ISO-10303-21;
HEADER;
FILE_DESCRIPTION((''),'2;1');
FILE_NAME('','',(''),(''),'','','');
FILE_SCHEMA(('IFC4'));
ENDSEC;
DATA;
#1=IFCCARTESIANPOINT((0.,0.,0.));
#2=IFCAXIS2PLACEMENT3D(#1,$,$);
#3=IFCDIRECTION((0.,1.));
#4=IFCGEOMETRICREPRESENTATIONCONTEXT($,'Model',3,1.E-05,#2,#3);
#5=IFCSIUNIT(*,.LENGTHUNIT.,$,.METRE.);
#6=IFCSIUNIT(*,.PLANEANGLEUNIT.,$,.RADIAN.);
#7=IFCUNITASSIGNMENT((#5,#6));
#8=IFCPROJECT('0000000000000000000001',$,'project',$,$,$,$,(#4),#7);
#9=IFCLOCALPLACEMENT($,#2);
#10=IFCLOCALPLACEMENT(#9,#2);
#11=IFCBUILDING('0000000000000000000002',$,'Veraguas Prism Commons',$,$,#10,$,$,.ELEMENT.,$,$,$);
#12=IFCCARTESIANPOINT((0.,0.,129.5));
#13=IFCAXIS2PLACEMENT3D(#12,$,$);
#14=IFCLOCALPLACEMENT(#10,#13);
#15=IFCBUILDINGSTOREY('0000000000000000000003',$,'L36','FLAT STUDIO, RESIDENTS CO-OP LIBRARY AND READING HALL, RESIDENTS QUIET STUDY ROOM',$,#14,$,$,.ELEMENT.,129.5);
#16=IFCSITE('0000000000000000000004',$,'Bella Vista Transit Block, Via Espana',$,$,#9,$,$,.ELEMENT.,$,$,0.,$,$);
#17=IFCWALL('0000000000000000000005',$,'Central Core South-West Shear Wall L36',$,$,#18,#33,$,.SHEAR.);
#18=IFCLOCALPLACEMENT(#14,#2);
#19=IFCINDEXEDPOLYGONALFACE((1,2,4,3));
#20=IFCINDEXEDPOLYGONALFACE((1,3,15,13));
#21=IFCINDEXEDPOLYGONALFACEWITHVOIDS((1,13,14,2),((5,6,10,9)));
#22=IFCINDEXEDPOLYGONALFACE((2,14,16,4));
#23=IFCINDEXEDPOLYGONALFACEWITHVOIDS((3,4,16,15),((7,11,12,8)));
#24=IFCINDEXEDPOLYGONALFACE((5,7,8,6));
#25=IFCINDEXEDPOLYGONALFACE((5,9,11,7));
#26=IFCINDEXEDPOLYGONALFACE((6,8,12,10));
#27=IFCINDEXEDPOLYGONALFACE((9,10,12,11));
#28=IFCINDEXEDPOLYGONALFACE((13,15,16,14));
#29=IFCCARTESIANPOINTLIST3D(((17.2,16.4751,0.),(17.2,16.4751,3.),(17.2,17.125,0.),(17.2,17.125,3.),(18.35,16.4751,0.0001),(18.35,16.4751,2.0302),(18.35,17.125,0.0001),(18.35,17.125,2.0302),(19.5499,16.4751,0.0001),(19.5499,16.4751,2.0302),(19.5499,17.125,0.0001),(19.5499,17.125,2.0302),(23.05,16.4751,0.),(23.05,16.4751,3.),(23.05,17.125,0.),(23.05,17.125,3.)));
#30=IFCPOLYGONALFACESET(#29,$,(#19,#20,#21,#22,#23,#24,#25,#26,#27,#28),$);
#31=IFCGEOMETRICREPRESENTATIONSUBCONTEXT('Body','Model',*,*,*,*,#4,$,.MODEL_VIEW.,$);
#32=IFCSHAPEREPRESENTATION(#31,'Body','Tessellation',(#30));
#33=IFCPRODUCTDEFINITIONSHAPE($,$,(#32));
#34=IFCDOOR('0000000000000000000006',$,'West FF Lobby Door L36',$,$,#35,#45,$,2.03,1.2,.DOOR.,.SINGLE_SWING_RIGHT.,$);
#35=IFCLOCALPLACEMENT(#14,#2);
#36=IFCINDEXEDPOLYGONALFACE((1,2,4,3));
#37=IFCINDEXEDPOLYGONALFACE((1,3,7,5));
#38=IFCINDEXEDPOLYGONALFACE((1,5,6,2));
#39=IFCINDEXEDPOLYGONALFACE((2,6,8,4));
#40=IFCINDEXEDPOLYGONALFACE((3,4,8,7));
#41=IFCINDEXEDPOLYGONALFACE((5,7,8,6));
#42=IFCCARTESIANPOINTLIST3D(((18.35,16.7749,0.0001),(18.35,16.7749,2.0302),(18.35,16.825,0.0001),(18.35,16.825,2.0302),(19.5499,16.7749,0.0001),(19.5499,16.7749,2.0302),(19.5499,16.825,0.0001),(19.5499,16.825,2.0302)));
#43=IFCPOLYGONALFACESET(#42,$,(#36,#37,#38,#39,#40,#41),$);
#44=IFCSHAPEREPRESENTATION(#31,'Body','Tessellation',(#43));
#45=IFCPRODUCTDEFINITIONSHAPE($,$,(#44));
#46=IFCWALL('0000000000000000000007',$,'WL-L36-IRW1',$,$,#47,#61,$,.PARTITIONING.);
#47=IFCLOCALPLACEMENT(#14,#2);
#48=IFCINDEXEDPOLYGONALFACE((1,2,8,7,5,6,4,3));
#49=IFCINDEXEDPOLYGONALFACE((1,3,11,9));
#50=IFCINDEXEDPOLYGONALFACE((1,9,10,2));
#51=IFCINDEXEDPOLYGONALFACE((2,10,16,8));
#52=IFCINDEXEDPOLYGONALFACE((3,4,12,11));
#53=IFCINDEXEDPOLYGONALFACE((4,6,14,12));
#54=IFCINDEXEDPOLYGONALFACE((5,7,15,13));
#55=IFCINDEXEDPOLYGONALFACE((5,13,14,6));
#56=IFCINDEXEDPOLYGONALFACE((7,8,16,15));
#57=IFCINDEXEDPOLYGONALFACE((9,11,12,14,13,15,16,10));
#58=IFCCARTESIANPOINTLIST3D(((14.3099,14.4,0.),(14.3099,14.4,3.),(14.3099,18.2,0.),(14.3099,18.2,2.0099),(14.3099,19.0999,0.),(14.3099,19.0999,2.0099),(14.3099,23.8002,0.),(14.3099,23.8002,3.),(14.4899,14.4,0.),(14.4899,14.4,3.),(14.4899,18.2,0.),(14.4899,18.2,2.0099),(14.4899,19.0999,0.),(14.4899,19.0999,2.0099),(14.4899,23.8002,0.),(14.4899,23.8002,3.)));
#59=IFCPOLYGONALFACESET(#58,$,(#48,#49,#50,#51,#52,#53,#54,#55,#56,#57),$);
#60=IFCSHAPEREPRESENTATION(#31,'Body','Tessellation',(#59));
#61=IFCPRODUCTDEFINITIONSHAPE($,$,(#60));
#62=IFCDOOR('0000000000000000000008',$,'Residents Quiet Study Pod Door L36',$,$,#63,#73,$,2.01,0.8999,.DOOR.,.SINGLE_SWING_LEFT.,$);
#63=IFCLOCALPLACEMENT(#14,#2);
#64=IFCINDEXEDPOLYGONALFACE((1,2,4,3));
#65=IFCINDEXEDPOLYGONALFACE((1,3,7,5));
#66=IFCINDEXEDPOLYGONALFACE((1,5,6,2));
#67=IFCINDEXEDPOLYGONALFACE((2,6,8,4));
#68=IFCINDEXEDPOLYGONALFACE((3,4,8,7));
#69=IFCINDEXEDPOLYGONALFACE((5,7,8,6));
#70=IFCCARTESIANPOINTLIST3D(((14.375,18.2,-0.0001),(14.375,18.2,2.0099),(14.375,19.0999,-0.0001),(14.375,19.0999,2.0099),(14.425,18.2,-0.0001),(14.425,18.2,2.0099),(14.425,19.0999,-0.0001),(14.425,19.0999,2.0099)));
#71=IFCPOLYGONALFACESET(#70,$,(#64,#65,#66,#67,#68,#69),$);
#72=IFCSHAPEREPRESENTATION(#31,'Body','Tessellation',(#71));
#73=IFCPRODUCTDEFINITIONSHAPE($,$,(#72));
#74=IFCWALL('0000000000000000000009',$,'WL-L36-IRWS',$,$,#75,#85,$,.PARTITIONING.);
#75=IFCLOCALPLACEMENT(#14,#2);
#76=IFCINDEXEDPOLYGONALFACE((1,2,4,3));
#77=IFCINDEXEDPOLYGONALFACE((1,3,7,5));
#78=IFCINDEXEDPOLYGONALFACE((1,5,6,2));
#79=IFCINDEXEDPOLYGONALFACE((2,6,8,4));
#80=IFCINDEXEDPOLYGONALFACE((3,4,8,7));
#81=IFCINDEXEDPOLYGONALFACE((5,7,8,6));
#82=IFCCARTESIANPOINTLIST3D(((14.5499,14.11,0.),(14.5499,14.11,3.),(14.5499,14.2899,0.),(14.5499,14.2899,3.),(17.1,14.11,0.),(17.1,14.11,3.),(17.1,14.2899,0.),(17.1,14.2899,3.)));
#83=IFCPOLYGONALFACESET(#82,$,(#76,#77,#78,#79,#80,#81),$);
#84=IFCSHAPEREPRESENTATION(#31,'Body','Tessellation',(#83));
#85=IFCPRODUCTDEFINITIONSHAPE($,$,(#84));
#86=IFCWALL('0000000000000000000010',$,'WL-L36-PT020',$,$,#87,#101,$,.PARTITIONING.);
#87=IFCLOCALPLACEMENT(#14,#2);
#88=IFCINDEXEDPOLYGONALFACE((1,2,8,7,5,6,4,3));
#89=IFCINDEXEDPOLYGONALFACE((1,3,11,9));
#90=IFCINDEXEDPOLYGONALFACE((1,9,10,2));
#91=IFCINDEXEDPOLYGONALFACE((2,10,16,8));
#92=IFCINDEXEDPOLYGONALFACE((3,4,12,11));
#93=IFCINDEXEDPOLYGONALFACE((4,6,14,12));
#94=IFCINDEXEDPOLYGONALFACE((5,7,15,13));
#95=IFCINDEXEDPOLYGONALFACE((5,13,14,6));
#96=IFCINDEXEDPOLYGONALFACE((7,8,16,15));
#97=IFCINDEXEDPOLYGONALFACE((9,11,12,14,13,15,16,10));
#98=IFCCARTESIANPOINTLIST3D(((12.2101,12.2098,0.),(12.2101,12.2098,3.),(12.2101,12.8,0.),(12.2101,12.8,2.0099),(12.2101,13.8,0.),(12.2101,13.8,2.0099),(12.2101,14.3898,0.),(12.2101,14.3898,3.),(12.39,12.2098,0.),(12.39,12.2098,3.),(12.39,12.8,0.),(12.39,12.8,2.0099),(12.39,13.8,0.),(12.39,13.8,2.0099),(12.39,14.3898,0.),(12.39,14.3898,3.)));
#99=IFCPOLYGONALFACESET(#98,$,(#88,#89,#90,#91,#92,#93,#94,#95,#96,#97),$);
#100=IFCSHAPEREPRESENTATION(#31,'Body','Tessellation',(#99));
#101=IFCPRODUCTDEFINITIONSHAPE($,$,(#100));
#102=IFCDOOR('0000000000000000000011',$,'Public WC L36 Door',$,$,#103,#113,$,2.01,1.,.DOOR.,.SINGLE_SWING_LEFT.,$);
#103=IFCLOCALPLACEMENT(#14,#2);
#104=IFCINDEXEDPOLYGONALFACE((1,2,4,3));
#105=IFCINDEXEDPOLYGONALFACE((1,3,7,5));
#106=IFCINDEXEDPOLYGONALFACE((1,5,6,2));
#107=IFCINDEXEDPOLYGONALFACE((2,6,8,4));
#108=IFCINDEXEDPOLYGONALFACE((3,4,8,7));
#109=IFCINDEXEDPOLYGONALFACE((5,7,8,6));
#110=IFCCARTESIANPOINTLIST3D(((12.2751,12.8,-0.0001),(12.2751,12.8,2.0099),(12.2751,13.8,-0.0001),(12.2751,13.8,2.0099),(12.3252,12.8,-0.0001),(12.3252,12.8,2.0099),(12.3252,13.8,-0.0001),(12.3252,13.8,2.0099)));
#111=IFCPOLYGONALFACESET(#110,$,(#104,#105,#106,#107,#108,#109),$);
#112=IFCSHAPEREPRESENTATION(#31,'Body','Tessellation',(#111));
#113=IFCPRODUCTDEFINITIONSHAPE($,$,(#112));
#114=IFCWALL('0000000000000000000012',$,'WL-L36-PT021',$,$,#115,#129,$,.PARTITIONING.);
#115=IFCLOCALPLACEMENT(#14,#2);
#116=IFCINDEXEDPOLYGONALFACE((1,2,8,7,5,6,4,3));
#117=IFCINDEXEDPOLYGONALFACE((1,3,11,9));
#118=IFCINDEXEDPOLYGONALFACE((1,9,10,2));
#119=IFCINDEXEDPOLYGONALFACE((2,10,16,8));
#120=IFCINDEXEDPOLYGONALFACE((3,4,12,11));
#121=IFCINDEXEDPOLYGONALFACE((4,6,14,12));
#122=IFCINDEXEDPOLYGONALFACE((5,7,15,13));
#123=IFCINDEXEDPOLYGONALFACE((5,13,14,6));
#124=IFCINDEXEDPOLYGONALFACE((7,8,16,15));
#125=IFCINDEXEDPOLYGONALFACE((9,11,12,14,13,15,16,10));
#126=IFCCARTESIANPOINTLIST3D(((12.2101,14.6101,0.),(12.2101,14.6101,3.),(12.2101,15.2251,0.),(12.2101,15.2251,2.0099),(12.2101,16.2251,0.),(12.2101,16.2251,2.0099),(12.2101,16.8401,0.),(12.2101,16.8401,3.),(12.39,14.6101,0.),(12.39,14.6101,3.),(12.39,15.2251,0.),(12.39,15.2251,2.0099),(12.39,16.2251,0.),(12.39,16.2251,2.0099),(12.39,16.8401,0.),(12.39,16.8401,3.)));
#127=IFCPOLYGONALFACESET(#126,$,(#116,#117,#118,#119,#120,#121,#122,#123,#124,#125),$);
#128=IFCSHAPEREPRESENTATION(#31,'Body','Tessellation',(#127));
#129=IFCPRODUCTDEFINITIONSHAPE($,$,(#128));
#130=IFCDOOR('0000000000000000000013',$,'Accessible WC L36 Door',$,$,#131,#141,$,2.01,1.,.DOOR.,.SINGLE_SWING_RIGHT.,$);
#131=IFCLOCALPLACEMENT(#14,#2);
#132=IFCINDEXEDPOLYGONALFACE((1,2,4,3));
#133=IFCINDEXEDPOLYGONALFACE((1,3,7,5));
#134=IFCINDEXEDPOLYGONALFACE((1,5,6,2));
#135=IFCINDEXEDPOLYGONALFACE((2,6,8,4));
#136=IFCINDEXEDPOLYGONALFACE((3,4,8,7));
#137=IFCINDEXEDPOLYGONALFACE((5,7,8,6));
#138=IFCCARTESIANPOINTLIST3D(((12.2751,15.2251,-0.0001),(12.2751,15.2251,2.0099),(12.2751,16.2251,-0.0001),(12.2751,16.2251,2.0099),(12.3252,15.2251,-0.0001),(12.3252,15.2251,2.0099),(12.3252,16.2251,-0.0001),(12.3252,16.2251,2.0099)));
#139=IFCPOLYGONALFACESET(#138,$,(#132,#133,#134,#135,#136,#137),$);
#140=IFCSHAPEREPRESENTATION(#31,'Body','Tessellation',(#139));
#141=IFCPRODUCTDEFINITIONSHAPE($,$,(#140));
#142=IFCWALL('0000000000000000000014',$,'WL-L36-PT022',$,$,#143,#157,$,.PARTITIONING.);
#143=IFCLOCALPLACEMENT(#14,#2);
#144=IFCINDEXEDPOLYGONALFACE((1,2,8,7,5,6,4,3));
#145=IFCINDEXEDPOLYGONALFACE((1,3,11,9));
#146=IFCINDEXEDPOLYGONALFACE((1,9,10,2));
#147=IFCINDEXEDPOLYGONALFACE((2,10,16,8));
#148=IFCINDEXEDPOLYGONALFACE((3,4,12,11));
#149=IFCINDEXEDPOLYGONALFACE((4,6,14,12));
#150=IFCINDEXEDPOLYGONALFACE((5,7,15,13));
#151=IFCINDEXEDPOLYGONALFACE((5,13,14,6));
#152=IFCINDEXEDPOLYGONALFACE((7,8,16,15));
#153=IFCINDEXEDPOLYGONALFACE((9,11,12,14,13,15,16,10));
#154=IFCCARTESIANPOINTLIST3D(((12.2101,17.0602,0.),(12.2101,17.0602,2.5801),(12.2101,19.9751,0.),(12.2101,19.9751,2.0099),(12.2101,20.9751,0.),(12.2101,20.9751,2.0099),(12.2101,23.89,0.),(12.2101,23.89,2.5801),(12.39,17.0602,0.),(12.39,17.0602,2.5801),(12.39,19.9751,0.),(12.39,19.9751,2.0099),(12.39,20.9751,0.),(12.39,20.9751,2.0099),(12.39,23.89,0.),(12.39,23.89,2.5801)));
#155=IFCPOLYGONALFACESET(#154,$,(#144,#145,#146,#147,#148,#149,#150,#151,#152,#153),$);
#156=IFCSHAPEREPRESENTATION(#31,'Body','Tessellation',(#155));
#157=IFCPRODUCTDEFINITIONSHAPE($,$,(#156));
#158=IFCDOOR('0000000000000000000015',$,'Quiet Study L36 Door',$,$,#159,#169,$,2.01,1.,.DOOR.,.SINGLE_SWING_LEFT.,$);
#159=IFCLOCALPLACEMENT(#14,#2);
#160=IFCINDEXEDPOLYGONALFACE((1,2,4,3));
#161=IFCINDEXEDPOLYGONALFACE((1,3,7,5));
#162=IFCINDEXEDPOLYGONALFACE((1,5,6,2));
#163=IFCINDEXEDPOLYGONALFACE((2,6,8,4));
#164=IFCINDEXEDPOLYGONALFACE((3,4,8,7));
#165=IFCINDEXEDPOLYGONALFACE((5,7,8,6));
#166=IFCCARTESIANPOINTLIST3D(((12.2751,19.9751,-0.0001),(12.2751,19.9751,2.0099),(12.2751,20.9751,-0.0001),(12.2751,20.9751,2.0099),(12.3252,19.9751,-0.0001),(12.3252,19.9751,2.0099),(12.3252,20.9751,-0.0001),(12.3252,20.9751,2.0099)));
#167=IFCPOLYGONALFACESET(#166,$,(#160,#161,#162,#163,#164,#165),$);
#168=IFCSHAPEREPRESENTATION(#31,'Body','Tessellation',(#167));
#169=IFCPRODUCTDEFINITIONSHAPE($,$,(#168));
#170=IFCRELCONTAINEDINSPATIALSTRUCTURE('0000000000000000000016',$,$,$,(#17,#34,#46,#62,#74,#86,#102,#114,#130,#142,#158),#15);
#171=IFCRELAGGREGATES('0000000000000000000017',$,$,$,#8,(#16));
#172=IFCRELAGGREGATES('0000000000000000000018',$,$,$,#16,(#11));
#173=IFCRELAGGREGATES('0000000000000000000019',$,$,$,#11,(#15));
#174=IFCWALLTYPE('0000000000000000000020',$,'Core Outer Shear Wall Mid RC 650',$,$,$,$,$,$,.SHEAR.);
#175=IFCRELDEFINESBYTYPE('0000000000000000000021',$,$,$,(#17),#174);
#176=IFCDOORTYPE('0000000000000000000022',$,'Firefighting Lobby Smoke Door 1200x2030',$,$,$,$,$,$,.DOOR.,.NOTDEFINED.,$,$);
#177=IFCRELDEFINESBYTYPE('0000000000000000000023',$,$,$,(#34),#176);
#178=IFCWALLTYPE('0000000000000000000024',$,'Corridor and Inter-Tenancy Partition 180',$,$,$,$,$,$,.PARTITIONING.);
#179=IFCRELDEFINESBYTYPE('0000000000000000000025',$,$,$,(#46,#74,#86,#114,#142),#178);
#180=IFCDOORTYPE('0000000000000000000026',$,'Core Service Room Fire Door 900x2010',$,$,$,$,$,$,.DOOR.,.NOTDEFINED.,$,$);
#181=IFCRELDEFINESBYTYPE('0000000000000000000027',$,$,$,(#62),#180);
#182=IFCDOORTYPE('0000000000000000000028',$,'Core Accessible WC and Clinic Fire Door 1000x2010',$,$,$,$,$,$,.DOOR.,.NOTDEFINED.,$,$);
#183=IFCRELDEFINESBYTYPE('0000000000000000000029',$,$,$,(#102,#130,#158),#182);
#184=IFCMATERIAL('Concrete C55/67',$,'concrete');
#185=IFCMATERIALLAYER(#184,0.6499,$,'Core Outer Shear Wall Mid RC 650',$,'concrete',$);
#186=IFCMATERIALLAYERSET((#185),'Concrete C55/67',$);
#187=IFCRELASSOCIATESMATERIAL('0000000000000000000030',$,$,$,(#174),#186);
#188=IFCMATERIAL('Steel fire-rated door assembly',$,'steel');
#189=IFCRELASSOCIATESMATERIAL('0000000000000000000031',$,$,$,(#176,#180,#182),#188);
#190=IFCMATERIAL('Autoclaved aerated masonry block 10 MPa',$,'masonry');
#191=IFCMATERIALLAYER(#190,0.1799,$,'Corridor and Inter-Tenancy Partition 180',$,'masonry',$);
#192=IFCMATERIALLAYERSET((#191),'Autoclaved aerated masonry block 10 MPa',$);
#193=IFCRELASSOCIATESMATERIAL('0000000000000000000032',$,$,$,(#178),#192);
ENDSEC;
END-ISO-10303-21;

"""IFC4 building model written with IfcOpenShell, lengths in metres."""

from ifc_helpers import new_model, si_unit, direction, frame, frame_2d, origin, place, context, subcontext, project, spatial, rectangle, extrude, source, transform, mapped, material, layer, layer_set, type_object, element, fill, save


model = new_model("IFC4")

# Units and contexts
model_context = context("Model", 3, precision=1e-05, world=origin(), true_north=direction((0.0, 1.0)))
body_context = subcontext(model_context, "Body", "Model", "MODEL_VIEW")
ifc_project = project(units=[si_unit("LENGTHUNIT", "METRE"), si_unit("PLANEANGLEUNIT", "RADIAN")], contexts=[model_context])

# Site, building, storey
site_placement = place(None, origin())
site = spatial("IfcSite", under=ifc_project, at=site_placement, Name="Bella Vista Transit Block, Via Espana", CompositionType="ELEMENT", RefElevation=0.0)
building_placement = place(site_placement, origin())
building = spatial("IfcBuilding", under=site, at=building_placement, Name="Veraguas Prism Commons", CompositionType="ELEMENT")
storey_placement = place(building_placement, frame((0.0, 0.0, 129.5)))
storey = spatial("IfcBuildingStorey", under=building, at=storey_placement, Name="L36", Description="FLAT STUDIO, RESIDENTS CO-OP LIBRARY AND READING HALL, RESIDENTS QUIET STUDY ROOM", CompositionType="ELEMENT", Elevation=129.5)

# Shared definitions
ifc_material_1 = material(Name="Steel fire-rated door assembly", Category="steel")

# Shared definitions
ifc_material_2 = material(Name="Concrete C55/67", Category="concrete")
ifc_layer_1 = layer(ifc_material_2, 0.6499, Name="Core Outer Shear Wall Mid RC 650", Category="concrete")
ifc_layer_set_1 = layer_set([ifc_layer_1], Name="Concrete C55/67")
wall_type_1 = type_object("IfcWallType", Name="Core Outer Shear Wall Mid RC 650", PredefinedType="SHEAR", material=ifc_layer_set_1)

# Walls, openings, doors
wall_1_placement = place(storey_placement, frame((17.2, 16.8, 0.0), z_axis=(0.0, 0.0, 1.0), x_axis=(1.0, 0.0, 0.0)))
wall_1 = element("IfcWall", 1, at=wall_1_placement, inside=storey, type_object=wall_type_1, Name="Central Core South-West Shear Wall L36", PredefinedType="SHEAR", context=body_context, shape_type="SweptSolid", body=[
    extrude(rectangle(XDim=5.8501, YDim=0.6499, at=frame_2d((2.925, 0.0))), origin(), (0.0, 0.0, 1.0), 3.0),
])
opening_1_placement = place(wall_1_placement, frame((1.1499, 0.0, 0.0)))
opening_1 = element("IfcOpeningElement", 2, at=opening_1_placement, cuts=wall_1, PredefinedType="OPENING", context=body_context, shape_type="SweptSolid", body=[
    extrude(rectangle(XDim=1.2, YDim=2.03, at=frame_2d((0.6001, 1.0151))), frame((0.0, 0.335, 0.0), z_axis=(0.0, -1.0, 0.0), x_axis=(1.0, 0.0, 0.0)), (0.0, 0.0, 1.0), 0.6699),
])
door_type_1 = type_object("IfcDoorType", Name="Firefighting Lobby Smoke Door 1200x2030", OperationType="NOTDEFINED", PredefinedType="DOOR", material=ifc_material_1)
shared_shape_1 = source(origin(), body_context, "Body", "SweptSolid", [
    extrude(rectangle(XDim=1.2, YDim=2.03, at=frame_2d((0.6001, 1.0151))), frame((0.0, 0.0249, 0.0), z_axis=(0.0, -1.0, 0.0), x_axis=(1.0, 0.0, 0.0)), (0.0, 0.0, 1.0), 0.05),
])
door_1_placement = place(opening_1_placement, origin())
door_1 = element("IfcDoor", 3, at=door_1_placement, inside=storey, type_object=door_type_1, Name="West FF Lobby Door L36", OperationType="SINGLE_SWING_RIGHT", OverallHeight=2.03, OverallWidth=1.2, PredefinedType="DOOR", context=body_context, shape_type="MappedRepresentation", body=[
    mapped(shared_shape_1, transform((0.0, 0.0, 0.0), scale=1.0)),
])
fill(opening_1, door_1)
ifc_material_3 = material(Name="Autoclaved aerated masonry block 10 MPa", Category="masonry")
ifc_layer_2 = layer(ifc_material_3, 0.1799, Name="Corridor and Inter-Tenancy Partition 180", Category="masonry")
ifc_layer_set_2 = layer_set([ifc_layer_2], Name="Autoclaved aerated masonry block 10 MPa")
wall_type_2 = type_object("IfcWallType", Name="Corridor and Inter-Tenancy Partition 180", PredefinedType="PARTITIONING", material=ifc_layer_set_2)
wall_2_placement = place(storey_placement, frame((14.3999, 14.3999, 0.0), z_axis=(0.0, 0.0, 1.0), x_axis=(0.0, 1.0, 0.0)))
wall_2 = element("IfcWall", 4, at=wall_2_placement, inside=storey, type_object=wall_type_2, Name="WL-L36-IRW1", PredefinedType="PARTITIONING", context=body_context, shape_type="SweptSolid", body=[
    extrude(rectangle(XDim=9.4001, YDim=0.1799, at=frame_2d((4.7002, 0.0))), origin(), (0.0, 0.0, 1.0), 3.0),
])
opening_2_placement = place(wall_2_placement, frame((3.8, 0.0, 0.0)))
opening_2 = element("IfcOpeningElement", 5, at=opening_2_placement, cuts=wall_2, PredefinedType="OPENING", context=body_context, shape_type="SweptSolid", body=[
    extrude(rectangle(XDim=0.8999, YDim=2.01, at=frame_2d((0.45, 1.0049))), frame((0.0, 0.0999, 0.0), z_axis=(0.0, -1.0, 0.0), x_axis=(1.0, 0.0, 0.0)), (0.0, 0.0, 1.0), 0.2),
])
door_type_2 = type_object("IfcDoorType", Name="Core Service Room Fire Door 900x2010", OperationType="NOTDEFINED", PredefinedType="DOOR", material=ifc_material_1)
shared_shape_2 = source(origin(), body_context, "Body", "SweptSolid", [
    extrude(rectangle(XDim=0.8999, YDim=2.01, at=frame_2d((0.45, 1.0049))), frame((0.0, 0.0249, 0.0), z_axis=(0.0, -1.0, 0.0), x_axis=(1.0, 0.0, 0.0)), (0.0, 0.0, 1.0), 0.05),
])
door_2_placement = place(opening_2_placement, origin())
door_2 = element("IfcDoor", 6, at=door_2_placement, inside=storey, type_object=door_type_2, Name="Residents Quiet Study Pod Door L36", OperationType="SINGLE_SWING_LEFT", OverallHeight=2.01, OverallWidth=0.8999, PredefinedType="DOOR", context=body_context, shape_type="MappedRepresentation", body=[
    mapped(shared_shape_2, transform((0.0, 0.0, 0.0), scale=1.0)),
])
fill(opening_2, door_2)

# Wall
wall_3_placement = place(storey_placement, frame((14.55, 14.2, 0.0), z_axis=(0.0, 0.0, 1.0), x_axis=(1.0, 0.0, 0.0)))
element("IfcWall", 7, at=wall_3_placement, inside=storey, type_object=wall_type_2, Name="WL-L36-IRWS", PredefinedType="PARTITIONING", context=body_context, shape_type="SweptSolid", body=[
    extrude(rectangle(XDim=2.55, YDim=0.1799, at=frame_2d((1.2749, 0.0))), origin(), (0.0, 0.0, 1.0), 3.0),
])

# Walls, openings, doors
wall_4_placement = place(storey_placement, frame((12.3, 12.21, 0.0), z_axis=(0.0, 0.0, 1.0), x_axis=(0.0, 1.0, 0.0)))
wall_4 = element("IfcWall", 8, at=wall_4_placement, inside=storey, type_object=wall_type_2, Name="WL-L36-PT020", PredefinedType="PARTITIONING", context=body_context, shape_type="SweptSolid", body=[
    extrude(rectangle(XDim=2.1799, YDim=0.1799, at=frame_2d((1.0898, 0.0))), origin(), (0.0, 0.0, 1.0), 3.0),
])
opening_3_placement = place(wall_4_placement, frame((0.5901, 0.0, 0.0)))
opening_3 = element("IfcOpeningElement", 9, at=opening_3_placement, cuts=wall_4, PredefinedType="OPENING", context=body_context, shape_type="SweptSolid", body=[
    extrude(rectangle(XDim=1.0, YDim=2.01, at=frame_2d((0.5, 1.0049))), frame((0.0, 0.0999, 0.0), z_axis=(0.0, -1.0, 0.0), x_axis=(1.0, 0.0, 0.0)), (0.0, 0.0, 1.0), 0.2),
])
door_type_3 = type_object("IfcDoorType", Name="Core Accessible WC and Clinic Fire Door 1000x2010", OperationType="NOTDEFINED", PredefinedType="DOOR", material=ifc_material_1)
shared_shape_3 = source(origin(), body_context, "Body", "SweptSolid", [
    extrude(rectangle(XDim=1.0, YDim=2.01, at=frame_2d((0.5, 1.0049))), frame((0.0, 0.0249, 0.0), z_axis=(0.0, -1.0, 0.0), x_axis=(1.0, 0.0, 0.0)), (0.0, 0.0, 1.0), 0.05),
])
door_3_placement = place(opening_3_placement, origin())
door_3 = element("IfcDoor", 10, at=door_3_placement, inside=storey, type_object=door_type_3, Name="Public WC L36 Door", OperationType="SINGLE_SWING_LEFT", OverallHeight=2.01, OverallWidth=1.0, PredefinedType="DOOR", context=body_context, shape_type="MappedRepresentation", body=[
    mapped(shared_shape_3, transform((0.0, 0.0, 0.0), scale=1.0)),
])
fill(opening_3, door_3)
wall_5_placement = place(storey_placement, frame((12.3, 14.6101, 0.0), z_axis=(0.0, 0.0, 1.0), x_axis=(0.0, 1.0, 0.0)))
wall_5 = element("IfcWall", 11, at=wall_5_placement, inside=storey, type_object=wall_type_2, Name="WL-L36-PT021", PredefinedType="PARTITIONING", context=body_context, shape_type="SweptSolid", body=[
    extrude(rectangle(XDim=2.23, YDim=0.1799, at=frame_2d((1.115, 0.0))), origin(), (0.0, 0.0, 1.0), 3.0),
])
opening_4_placement = place(wall_5_placement, frame((0.615, 0.0, 0.0)))
opening_4 = element("IfcOpeningElement", 12, at=opening_4_placement, cuts=wall_5, PredefinedType="OPENING", context=body_context, shape_type="SweptSolid", body=[
    extrude(rectangle(XDim=1.0, YDim=2.01, at=frame_2d((0.5, 1.0049))), frame((0.0, 0.0999, 0.0), z_axis=(0.0, -1.0, 0.0), x_axis=(1.0, 0.0, 0.0)), (0.0, 0.0, 1.0), 0.2),
])
door_4_placement = place(opening_4_placement, origin())
door_4 = element("IfcDoor", 13, at=door_4_placement, inside=storey, type_object=door_type_3, Name="Accessible WC L36 Door", OperationType="SINGLE_SWING_RIGHT", OverallHeight=2.01, OverallWidth=1.0, PredefinedType="DOOR", context=body_context, shape_type="MappedRepresentation", body=[
    mapped(shared_shape_3, transform((0.0, 0.0, 0.0), scale=1.0)),
])
fill(opening_4, door_4)
wall_6_placement = place(storey_placement, frame((12.3, 17.0601, 0.0), z_axis=(0.0, 0.0, 1.0), x_axis=(0.0, 1.0, 0.0)))
wall_6 = element("IfcWall", 14, at=wall_6_placement, inside=storey, type_object=wall_type_2, Name="WL-L36-PT022", PredefinedType="PARTITIONING", context=body_context, shape_type="SweptSolid", body=[
    extrude(rectangle(XDim=6.8298, YDim=0.1799, at=frame_2d((3.415, 0.0))), origin(), (0.0, 0.0, 1.0), 2.5801),
])
opening_5_placement = place(wall_6_placement, frame((2.915, 0.0, 0.0)))
opening_5 = element("IfcOpeningElement", 15, at=opening_5_placement, cuts=wall_6, PredefinedType="OPENING", context=body_context, shape_type="SweptSolid", body=[
    extrude(rectangle(XDim=1.0, YDim=2.01, at=frame_2d((0.5, 1.0049))), frame((0.0, 0.0999, 0.0), z_axis=(0.0, -1.0, 0.0), x_axis=(1.0, 0.0, 0.0)), (0.0, 0.0, 1.0), 0.2),
])
door_5_placement = place(opening_5_placement, origin())
door_5 = element("IfcDoor", 16, at=door_5_placement, inside=storey, type_object=door_type_3, Name="Quiet Study L36 Door", OperationType="SINGLE_SWING_LEFT", OverallHeight=2.01, OverallWidth=1.0, PredefinedType="DOOR", context=body_context, shape_type="MappedRepresentation", body=[
    mapped(shared_shape_3, transform((0.0, 0.0, 0.0), scale=1.0)),
])
fill(opening_5, door_5)

save(model, "model.ifc")
